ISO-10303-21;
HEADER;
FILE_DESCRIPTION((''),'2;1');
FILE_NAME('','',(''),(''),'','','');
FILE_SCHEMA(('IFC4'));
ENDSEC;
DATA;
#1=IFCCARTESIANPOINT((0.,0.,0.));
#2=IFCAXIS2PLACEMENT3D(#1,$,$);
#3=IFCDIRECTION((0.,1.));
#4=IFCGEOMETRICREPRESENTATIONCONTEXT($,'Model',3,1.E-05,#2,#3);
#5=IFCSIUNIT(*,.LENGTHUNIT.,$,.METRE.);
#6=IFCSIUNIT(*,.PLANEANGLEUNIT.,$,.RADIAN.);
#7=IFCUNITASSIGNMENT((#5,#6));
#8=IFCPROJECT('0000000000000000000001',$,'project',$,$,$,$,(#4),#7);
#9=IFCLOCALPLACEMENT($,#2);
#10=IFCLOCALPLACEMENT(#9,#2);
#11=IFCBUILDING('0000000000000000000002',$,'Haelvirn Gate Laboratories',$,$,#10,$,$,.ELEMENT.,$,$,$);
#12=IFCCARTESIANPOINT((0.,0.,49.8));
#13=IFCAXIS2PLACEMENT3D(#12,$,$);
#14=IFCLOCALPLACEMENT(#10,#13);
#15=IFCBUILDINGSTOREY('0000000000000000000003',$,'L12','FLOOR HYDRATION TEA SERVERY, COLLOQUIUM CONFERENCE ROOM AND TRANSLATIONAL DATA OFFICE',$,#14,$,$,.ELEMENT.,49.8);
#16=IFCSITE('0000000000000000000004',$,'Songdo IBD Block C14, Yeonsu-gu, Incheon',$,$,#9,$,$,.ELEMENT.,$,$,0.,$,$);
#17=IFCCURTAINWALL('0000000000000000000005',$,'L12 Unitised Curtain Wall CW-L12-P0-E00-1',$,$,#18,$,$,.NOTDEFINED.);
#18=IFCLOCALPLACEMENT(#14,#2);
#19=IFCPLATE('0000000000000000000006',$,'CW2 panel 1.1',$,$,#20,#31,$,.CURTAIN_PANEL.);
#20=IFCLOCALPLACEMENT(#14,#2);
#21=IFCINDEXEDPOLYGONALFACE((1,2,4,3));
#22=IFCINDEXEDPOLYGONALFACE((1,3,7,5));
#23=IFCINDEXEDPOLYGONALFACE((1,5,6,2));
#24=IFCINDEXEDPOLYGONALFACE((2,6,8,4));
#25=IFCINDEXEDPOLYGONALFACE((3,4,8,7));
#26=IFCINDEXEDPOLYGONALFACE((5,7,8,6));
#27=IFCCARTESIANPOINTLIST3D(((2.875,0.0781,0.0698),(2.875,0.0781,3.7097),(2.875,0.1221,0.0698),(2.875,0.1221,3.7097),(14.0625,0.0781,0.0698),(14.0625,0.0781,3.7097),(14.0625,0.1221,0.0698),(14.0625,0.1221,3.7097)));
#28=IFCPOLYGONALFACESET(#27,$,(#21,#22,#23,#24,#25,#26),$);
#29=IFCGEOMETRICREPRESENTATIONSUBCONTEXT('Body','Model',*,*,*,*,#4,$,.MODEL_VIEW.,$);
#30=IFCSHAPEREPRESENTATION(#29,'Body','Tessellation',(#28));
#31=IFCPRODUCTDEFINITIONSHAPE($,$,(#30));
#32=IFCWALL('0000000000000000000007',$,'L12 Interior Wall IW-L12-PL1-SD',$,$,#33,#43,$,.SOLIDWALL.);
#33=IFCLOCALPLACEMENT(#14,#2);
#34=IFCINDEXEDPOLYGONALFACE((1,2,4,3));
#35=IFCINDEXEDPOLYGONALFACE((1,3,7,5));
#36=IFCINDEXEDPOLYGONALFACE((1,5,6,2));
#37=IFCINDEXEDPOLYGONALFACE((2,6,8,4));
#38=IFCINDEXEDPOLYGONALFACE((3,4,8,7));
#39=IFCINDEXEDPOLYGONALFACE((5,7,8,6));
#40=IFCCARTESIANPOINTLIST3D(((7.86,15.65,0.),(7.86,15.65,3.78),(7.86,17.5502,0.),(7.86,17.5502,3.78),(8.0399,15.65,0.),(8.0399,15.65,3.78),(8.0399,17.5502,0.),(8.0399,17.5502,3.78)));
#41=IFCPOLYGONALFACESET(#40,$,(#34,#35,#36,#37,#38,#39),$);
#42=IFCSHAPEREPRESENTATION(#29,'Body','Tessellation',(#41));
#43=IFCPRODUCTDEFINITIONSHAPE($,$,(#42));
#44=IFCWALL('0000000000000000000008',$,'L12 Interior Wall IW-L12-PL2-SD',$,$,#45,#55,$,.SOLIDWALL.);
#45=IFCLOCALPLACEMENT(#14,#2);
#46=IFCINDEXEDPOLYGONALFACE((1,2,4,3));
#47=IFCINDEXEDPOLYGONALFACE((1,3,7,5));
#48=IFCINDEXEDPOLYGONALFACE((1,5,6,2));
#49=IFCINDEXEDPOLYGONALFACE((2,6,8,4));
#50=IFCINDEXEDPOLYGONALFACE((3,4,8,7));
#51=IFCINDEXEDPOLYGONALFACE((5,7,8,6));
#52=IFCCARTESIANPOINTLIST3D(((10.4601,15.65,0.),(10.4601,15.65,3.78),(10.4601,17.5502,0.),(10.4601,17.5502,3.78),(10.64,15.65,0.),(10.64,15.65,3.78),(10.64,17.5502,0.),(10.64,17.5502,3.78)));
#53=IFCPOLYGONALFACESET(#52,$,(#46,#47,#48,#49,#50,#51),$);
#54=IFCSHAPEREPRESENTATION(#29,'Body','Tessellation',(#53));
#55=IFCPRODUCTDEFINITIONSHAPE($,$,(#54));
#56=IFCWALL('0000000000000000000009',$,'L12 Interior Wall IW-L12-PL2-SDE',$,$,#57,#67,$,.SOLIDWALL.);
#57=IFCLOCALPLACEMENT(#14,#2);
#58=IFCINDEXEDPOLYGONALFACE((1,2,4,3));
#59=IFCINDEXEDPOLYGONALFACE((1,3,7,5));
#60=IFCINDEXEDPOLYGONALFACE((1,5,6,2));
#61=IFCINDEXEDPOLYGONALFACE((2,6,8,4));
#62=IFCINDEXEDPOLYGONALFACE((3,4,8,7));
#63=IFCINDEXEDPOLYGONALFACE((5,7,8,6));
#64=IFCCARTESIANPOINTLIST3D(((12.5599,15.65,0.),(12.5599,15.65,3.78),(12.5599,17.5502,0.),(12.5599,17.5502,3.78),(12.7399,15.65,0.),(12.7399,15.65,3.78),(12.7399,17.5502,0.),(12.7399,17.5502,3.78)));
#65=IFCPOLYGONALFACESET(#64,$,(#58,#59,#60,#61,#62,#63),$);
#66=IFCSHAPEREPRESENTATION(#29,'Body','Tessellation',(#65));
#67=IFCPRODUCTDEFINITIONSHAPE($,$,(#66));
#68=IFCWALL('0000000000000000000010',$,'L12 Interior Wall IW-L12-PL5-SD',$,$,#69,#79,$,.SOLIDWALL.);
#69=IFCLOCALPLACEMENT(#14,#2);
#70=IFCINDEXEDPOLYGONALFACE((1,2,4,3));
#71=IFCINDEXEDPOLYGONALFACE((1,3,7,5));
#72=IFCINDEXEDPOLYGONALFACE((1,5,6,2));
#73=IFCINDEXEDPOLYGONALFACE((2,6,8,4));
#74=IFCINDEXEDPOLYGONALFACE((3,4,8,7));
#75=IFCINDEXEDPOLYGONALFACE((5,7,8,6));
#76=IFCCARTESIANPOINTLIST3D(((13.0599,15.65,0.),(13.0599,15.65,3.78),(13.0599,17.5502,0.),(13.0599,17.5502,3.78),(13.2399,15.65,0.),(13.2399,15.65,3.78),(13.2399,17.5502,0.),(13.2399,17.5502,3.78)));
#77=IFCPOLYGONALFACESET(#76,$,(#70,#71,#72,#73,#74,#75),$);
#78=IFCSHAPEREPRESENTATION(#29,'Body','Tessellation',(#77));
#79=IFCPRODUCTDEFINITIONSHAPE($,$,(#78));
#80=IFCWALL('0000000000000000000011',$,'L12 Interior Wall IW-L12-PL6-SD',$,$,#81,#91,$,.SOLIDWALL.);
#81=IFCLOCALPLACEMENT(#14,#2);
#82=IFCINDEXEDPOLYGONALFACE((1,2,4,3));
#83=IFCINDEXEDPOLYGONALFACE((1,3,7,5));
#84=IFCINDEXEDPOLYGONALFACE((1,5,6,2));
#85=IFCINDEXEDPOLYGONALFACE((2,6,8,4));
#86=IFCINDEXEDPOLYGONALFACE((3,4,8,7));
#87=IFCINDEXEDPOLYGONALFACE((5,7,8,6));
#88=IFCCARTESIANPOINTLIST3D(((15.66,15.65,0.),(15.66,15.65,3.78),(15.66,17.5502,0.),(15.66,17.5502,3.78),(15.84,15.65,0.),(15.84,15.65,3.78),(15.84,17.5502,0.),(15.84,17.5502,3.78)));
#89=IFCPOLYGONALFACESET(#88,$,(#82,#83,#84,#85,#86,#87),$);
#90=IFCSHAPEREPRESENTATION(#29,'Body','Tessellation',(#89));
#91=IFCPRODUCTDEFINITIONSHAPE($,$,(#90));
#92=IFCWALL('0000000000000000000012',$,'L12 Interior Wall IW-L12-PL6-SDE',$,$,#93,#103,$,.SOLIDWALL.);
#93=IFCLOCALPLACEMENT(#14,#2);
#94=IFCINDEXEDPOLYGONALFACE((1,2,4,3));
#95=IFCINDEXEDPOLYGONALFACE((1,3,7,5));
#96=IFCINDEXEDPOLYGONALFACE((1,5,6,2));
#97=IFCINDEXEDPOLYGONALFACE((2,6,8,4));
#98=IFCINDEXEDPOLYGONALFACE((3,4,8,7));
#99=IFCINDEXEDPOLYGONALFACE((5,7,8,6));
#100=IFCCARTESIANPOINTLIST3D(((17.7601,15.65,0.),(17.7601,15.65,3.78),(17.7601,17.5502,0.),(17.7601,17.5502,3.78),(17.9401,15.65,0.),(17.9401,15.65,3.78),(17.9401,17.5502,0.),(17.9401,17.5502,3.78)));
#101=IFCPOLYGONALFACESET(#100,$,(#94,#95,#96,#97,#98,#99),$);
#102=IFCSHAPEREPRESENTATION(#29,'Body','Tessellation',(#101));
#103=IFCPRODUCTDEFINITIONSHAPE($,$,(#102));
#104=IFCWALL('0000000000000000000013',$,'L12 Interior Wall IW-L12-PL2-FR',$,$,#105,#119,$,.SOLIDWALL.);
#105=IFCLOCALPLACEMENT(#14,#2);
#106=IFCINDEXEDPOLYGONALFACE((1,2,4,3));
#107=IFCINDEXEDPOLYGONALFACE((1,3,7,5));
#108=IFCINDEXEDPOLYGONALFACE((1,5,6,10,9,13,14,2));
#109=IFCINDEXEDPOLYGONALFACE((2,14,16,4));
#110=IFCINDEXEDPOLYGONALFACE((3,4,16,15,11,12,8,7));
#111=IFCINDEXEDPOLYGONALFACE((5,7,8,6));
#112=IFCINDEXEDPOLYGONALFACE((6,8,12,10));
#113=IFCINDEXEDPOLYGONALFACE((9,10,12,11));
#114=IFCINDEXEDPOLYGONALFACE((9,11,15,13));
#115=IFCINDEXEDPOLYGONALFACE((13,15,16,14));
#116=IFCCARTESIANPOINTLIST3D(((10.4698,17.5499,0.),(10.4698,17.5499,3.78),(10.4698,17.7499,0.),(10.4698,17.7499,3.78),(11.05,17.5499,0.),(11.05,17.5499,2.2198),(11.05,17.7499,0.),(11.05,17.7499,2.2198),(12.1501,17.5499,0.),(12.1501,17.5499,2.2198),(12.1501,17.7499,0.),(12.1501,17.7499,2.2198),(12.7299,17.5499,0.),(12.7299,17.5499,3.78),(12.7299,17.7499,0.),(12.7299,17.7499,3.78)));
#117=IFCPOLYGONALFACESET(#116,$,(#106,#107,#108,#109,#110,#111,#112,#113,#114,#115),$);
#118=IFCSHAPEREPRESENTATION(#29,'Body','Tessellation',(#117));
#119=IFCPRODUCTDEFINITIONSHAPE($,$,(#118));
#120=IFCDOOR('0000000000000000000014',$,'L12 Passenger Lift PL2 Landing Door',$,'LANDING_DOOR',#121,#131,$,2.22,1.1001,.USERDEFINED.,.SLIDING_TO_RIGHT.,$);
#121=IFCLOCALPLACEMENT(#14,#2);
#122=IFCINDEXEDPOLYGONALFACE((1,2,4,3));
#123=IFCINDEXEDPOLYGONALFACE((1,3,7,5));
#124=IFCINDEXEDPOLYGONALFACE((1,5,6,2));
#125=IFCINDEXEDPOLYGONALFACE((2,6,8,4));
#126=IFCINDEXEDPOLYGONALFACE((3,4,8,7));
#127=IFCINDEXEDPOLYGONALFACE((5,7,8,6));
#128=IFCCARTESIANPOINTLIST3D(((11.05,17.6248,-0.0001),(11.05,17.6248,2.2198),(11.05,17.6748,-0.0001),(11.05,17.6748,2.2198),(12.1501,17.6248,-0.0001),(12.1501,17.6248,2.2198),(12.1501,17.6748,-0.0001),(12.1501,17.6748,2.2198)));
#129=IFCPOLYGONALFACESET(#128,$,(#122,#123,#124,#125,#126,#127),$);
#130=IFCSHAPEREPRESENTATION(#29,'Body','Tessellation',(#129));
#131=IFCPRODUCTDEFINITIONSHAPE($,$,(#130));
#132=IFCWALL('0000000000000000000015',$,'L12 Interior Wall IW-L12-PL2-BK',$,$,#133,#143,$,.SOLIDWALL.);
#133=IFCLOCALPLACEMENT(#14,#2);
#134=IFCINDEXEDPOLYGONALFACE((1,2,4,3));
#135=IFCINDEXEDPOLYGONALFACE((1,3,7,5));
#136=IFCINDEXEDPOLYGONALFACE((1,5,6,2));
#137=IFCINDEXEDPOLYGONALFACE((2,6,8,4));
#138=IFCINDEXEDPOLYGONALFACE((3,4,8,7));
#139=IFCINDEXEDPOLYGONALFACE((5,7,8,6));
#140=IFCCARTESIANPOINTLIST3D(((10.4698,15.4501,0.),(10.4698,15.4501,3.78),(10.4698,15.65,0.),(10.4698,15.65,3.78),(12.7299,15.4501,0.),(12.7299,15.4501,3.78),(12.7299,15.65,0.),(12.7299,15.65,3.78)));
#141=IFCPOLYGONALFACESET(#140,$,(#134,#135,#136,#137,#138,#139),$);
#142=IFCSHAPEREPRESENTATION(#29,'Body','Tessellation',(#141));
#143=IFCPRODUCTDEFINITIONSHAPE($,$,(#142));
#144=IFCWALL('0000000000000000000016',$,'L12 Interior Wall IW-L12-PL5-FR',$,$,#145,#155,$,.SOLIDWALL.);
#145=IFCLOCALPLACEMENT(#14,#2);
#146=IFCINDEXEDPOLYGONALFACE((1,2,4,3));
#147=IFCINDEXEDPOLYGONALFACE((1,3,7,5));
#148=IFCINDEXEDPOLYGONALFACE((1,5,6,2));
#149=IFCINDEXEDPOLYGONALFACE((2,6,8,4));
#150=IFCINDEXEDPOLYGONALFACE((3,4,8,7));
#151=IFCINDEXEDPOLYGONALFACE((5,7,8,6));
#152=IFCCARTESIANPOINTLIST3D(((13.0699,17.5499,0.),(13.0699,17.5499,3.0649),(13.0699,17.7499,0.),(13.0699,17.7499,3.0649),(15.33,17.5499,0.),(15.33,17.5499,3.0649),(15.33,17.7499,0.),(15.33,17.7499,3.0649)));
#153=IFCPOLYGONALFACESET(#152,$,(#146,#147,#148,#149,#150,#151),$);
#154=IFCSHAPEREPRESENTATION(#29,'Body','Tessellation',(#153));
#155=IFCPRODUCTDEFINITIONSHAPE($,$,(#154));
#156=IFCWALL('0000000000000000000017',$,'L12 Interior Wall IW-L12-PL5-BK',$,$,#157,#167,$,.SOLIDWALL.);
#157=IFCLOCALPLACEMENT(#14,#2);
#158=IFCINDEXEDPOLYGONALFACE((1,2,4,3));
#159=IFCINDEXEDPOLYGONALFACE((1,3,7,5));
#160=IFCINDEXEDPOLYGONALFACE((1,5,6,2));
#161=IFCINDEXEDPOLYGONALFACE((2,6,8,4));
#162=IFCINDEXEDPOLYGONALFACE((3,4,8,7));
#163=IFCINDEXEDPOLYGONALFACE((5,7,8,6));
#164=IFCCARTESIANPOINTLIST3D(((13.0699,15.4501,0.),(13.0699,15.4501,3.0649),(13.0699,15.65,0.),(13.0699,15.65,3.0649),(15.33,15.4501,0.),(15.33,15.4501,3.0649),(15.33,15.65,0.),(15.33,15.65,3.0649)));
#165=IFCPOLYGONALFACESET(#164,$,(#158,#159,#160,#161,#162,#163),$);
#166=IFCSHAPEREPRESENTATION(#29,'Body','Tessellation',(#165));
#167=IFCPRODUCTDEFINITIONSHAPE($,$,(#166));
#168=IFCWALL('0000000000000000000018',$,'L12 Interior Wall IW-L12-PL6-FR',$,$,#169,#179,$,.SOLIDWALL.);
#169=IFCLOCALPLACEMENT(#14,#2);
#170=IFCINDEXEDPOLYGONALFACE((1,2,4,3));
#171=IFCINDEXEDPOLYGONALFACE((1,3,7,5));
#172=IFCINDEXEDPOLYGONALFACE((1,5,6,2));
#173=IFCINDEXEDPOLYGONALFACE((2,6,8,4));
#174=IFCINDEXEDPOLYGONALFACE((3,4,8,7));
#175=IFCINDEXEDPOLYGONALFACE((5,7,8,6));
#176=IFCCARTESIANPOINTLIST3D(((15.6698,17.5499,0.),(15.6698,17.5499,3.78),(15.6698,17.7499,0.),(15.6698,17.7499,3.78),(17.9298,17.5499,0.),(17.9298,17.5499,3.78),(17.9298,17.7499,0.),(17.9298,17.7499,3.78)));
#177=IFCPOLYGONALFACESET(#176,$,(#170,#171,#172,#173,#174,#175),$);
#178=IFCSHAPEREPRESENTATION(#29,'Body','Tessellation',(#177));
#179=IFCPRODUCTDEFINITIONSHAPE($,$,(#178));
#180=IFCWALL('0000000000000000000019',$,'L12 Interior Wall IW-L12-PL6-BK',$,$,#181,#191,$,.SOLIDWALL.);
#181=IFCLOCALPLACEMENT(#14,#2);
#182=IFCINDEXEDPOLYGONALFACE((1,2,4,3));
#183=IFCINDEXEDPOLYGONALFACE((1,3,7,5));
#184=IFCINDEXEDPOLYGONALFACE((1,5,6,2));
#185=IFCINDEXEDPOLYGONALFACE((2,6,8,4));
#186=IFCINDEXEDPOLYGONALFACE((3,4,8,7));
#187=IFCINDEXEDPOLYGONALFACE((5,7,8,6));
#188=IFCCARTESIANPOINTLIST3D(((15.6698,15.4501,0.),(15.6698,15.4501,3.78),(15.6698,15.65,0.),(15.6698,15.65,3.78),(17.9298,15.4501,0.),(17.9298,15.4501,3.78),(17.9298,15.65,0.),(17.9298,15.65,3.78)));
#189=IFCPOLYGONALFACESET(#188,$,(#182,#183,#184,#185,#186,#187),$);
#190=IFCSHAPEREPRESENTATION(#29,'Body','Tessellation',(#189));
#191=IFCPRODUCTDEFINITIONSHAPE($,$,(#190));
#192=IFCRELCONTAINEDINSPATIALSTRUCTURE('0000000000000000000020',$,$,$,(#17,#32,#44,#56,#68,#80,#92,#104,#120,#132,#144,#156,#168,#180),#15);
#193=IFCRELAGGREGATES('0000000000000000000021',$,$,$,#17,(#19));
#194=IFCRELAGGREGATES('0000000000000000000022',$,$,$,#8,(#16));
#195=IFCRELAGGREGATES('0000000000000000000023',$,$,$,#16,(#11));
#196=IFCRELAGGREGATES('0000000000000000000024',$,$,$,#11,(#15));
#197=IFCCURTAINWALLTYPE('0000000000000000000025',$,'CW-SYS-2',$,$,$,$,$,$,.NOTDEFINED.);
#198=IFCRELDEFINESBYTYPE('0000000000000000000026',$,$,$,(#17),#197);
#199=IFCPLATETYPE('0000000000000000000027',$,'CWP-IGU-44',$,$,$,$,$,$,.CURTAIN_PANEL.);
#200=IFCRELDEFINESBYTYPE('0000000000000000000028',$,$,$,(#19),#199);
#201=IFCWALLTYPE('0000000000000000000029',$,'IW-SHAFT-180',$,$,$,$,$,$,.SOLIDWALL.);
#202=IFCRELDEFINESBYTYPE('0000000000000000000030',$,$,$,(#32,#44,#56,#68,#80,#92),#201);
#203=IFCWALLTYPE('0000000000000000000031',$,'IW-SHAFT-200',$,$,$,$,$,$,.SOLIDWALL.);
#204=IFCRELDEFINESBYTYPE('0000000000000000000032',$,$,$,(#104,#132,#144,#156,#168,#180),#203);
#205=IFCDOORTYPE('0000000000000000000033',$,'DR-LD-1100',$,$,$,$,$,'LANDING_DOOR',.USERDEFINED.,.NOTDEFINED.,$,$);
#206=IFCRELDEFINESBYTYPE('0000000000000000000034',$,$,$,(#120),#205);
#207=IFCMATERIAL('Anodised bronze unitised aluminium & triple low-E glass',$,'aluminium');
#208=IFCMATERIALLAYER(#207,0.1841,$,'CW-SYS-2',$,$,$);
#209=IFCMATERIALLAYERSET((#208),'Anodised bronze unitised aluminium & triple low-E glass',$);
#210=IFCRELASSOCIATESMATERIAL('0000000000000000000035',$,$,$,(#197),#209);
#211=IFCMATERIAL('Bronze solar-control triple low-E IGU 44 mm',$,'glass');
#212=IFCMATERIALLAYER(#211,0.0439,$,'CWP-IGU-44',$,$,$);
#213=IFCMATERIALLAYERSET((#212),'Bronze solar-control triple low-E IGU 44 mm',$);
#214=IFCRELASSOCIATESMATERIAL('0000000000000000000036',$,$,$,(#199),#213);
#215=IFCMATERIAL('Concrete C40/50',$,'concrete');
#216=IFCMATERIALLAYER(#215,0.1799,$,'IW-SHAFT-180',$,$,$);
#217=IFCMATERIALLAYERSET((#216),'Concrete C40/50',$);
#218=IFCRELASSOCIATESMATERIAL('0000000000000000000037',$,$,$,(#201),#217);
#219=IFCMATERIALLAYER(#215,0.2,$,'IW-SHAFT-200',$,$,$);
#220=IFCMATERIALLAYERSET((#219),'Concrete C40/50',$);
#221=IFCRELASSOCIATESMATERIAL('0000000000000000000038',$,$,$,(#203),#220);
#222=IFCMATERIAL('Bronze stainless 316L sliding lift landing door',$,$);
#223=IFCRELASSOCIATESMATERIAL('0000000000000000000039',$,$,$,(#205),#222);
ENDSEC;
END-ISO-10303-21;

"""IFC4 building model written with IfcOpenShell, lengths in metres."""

from ifc_helpers import new_model, si_unit, direction, frame, frame_2d, origin, origin_2d, place, context, subcontext, project, spatial, rectangle, extrude, source, transform, mapped, material, layer, layer_set, type_object, type_shapes, element, fill, aggregate, save


model = new_model("IFC4")

# Units and contexts
model_context = context("Model", 3, precision=1e-05, world=origin(), true_north=direction((0.0, 1.0)))
body_context = subcontext(model_context, "Body", "Model", "MODEL_VIEW")
ifc_project = project(units=[si_unit("LENGTHUNIT", "METRE"), si_unit("PLANEANGLEUNIT", "RADIAN")], contexts=[model_context])

# Site, building, storey
site_placement = place(None, origin())
site = spatial("IfcSite", under=ifc_project, at=site_placement, Name="Songdo IBD Block C14, Yeonsu-gu, Incheon", CompositionType="ELEMENT", RefElevation=0.0)
building_placement = place(site_placement, origin())
building = spatial("IfcBuilding", under=site, at=building_placement, Name="Haelvirn Gate Laboratories", CompositionType="ELEMENT")
storey_placement = place(building_placement, frame((0.0, 0.0, 49.8)))
storey = spatial("IfcBuildingStorey", under=building, at=storey_placement, Name="L12", Description="FLOOR HYDRATION TEA SERVERY, COLLOQUIUM CONFERENCE ROOM AND TRANSLATIONAL DATA OFFICE", CompositionType="ELEMENT", Elevation=49.8)

# Curtain wall, plate
ifc_material_1 = material(Name="Anodised bronze unitised aluminium & triple low-E glass", Category="aluminium")
ifc_layer_1 = layer(ifc_material_1, 0.1841, Name="CW-SYS-2")
ifc_layer_set_1 = layer_set([ifc_layer_1], Name="Anodised bronze unitised aluminium & triple low-E glass")
curtain_wall_type = type_object("IfcCurtainWallType", Name="CW-SYS-2", PredefinedType="NOTDEFINED", material=ifc_layer_set_1)
curtain_wall_placement = place(storey_placement, origin())
curtain_wall = element("IfcCurtainWall", 1, at=curtain_wall_placement, inside=storey, type_object=curtain_wall_type, Name="L12 Unitised Curtain Wall CW-L12-P0-E00-1", PredefinedType="NOTDEFINED")
ifc_material_2 = material(Name="Bronze solar-control triple low-E IGU 44 mm", Category="glass")
ifc_layer_2 = layer(ifc_material_2, 0.0439, Name="CWP-IGU-44")
ifc_layer_set_2 = layer_set([ifc_layer_2], Name="Bronze solar-control triple low-E IGU 44 mm")
plate_type = type_object("IfcPlateType", Name="CWP-IGU-44", PredefinedType="CURTAIN_PANEL", material=ifc_layer_set_2)
shared_shape_1 = source(origin(), body_context, "Body", "SweptSolid", [
    extrude(rectangle(XDim=11.1875, YDim=0.0439, at=origin_2d()), origin(), (0.0, 0.0, 1.0), 3.6399),
])
type_shapes(plate_type, [shared_shape_1])
plate_placement = place(storey_placement, frame((8.4688, 0.1001, 0.0698), z_axis=(0.0, 0.0, 1.0), x_axis=(1.0, 0.0, 0.0)))
plate = element("IfcPlate", 2, at=plate_placement, type_object=plate_type, Name="CW2 panel 1.1", PredefinedType="CURTAIN_PANEL", context=body_context, shape_type="MappedRepresentation", body=[
    mapped(shared_shape_1, transform((0.0, 0.0, 0.0), scale=1.0)),
])
aggregate(curtain_wall, [plate])

# Walls
ifc_material_3 = material(Name="Concrete C40/50", Category="concrete")
ifc_layer_3 = layer(ifc_material_3, 0.1799, Name="IW-SHAFT-180")
ifc_layer_set_3 = layer_set([ifc_layer_3], Name="Concrete C40/50")
wall_type_1 = type_object("IfcWallType", Name="IW-SHAFT-180", PredefinedType="SOLIDWALL", material=ifc_layer_set_3)
for number, where, z_axis, x_axis, name in (
    (3, (7.95, 15.6499, 0.0), (0.0, 0.0, 1.0), (0.0, 1.0, 0.0), "L12 Interior Wall IW-L12-PL1-SD"),
    (4, (10.55, 15.6499, 0.0), (0.0, 0.0, 1.0), (0.0, 1.0, 0.0), "L12 Interior Wall IW-L12-PL2-SD"),
    (5, (12.6499, 15.6499, 0.0), (0.0, 0.0, 1.0), (0.0, 1.0, 0.0), "L12 Interior Wall IW-L12-PL2-SDE"),
    (6, (13.1499, 15.6499, 0.0), (0.0, 0.0, 1.0), (0.0, 1.0, 0.0), "L12 Interior Wall IW-L12-PL5-SD"),
    (7, (15.75, 15.6499, 0.0), (0.0, 0.0, 1.0), (0.0, 1.0, 0.0), "L12 Interior Wall IW-L12-PL6-SD"),
    (8, (17.8501, 15.6499, 0.0), (0.0, 0.0, 1.0), (0.0, 1.0, 0.0), "L12 Interior Wall IW-L12-PL6-SDE"),
):
    element("IfcWall", number, at=place(storey_placement, frame(where, z_axis=z_axis, x_axis=x_axis)), inside=storey, type_object=wall_type_1, Name=name, PredefinedType="SOLIDWALL", context=body_context, shape_type="SweptSolid", body=[
        extrude(rectangle(XDim=1.9001, YDim=0.1799, at=frame_2d((0.9502, 0.0))), origin(), (0.0, 0.0, 1.0), 3.78),
    ])

# Wall, opening, door
ifc_layer_4 = layer(ifc_material_3, 0.2, Name="IW-SHAFT-200")
ifc_layer_set_4 = layer_set([ifc_layer_4], Name="Concrete C40/50")
wall_type_2 = type_object("IfcWallType", Name="IW-SHAFT-200", PredefinedType="SOLIDWALL", material=ifc_layer_set_4)
wall_1_placement = place(storey_placement, frame((10.47, 17.6499, 0.0), z_axis=(0.0, 0.0, 1.0), x_axis=(1.0, 0.0, 0.0)))
wall_1 = element("IfcWall", 9, at=wall_1_placement, inside=storey, type_object=wall_type_2, Name="L12 Interior Wall IW-L12-PL2-FR", PredefinedType="SOLIDWALL", context=body_context, shape_type="SweptSolid", body=[
    extrude(rectangle(XDim=2.26, YDim=0.2, at=frame_2d((1.1299, 0.0))), origin(), (0.0, 0.0, 1.0), 3.78),
])
opening_placement = place(wall_1_placement, frame((0.5801, 0.0, 0.0)))
opening = element("IfcOpeningElement", 10, at=opening_placement, cuts=wall_1, PredefinedType="OPENING", context=body_context, shape_type="SweptSolid", body=[
    extrude(rectangle(XDim=1.1001, YDim=2.22, at=frame_2d((0.55, 1.1099))), frame((0.0, 0.1099, 0.0), z_axis=(0.0, -1.0, 0.0), x_axis=(1.0, 0.0, 0.0)), (0.0, 0.0, 1.0), 0.22),
])
ifc_material_4 = material(Name="Bronze stainless 316L sliding lift landing door")
door_type = type_object("IfcDoorType", Name="DR-LD-1100", ElementType="LANDING_DOOR", OperationType="NOTDEFINED", PredefinedType="USERDEFINED", material=ifc_material_4)
shared_shape_2 = source(origin(), body_context, "Body", "SweptSolid", [
    extrude(rectangle(XDim=1.1001, YDim=2.22, at=frame_2d((0.55, 1.1099))), frame((0.0, 0.0249, 0.0), z_axis=(0.0, -1.0, 0.0), x_axis=(1.0, 0.0, 0.0)), (0.0, 0.0, 1.0), 0.05),
])
type_shapes(door_type, [shared_shape_2])
door_placement = place(opening_placement, origin())
door = element("IfcDoor", 11, at=door_placement, inside=storey, type_object=door_type, Name="L12 Passenger Lift PL2 Landing Door", ObjectType="LANDING_DOOR", OperationType="SLIDING_TO_RIGHT", OverallHeight=2.22, OverallWidth=1.1001, PredefinedType="USERDEFINED", context=body_context, shape_type="MappedRepresentation", body=[
    mapped(shared_shape_2, transform((0.0, 0.0, 0.0), scale=1.0)),
])
fill(opening, door)

# Walls
wall_2_placement = place(storey_placement, frame((10.47, 15.55, 0.0), z_axis=(0.0, 0.0, 1.0), x_axis=(1.0, 0.0, 0.0)))
element("IfcWall", 12, at=wall_2_placement, inside=storey, type_object=wall_type_2, Name="L12 Interior Wall IW-L12-PL2-BK", PredefinedType="SOLIDWALL", context=body_context, shape_type="SweptSolid", body=[
    extrude(rectangle(XDim=2.26, YDim=0.2, at=frame_2d((1.1299, 0.0))), origin(), (0.0, 0.0, 1.0), 3.78),
])
for number, where, z_axis, x_axis, name in (
    (13, (13.0701, 17.6499, 0.0), (0.0, 0.0, 1.0), (1.0, 0.0, 0.0), "L12 Interior Wall IW-L12-PL5-FR"),
    (14, (13.0701, 15.55, 0.0), (0.0, 0.0, 1.0), (1.0, 0.0, 0.0), "L12 Interior Wall IW-L12-PL5-BK"),
):
    element("IfcWall", number, at=place(storey_placement, frame(where, z_axis=z_axis, x_axis=x_axis)), inside=storey, type_object=wall_type_2, Name=name, PredefinedType="SOLIDWALL", context=body_context, shape_type="SweptSolid", body=[
        extrude(rectangle(XDim=2.26, YDim=0.2, at=frame_2d((1.1299, 0.0))), origin(), (0.0, 0.0, 1.0), 3.0649),
    ])
for number, where, z_axis, x_axis, name in (
    (15, (15.6699, 17.6499, 0.0), (0.0, 0.0, 1.0), (1.0, 0.0, 0.0), "L12 Interior Wall IW-L12-PL6-FR"),
    (16, (15.6699, 15.55, 0.0), (0.0, 0.0, 1.0), (1.0, 0.0, 0.0), "L12 Interior Wall IW-L12-PL6-BK"),
):
    element("IfcWall", number, at=place(storey_placement, frame(where, z_axis=z_axis, x_axis=x_axis)), inside=storey, type_object=wall_type_2, Name=name, PredefinedType="SOLIDWALL", context=body_context, shape_type="SweptSolid", body=[
        extrude(rectangle(XDim=2.26, YDim=0.2, at=frame_2d((1.1299, 0.0))), origin(), (0.0, 0.0, 1.0), 3.78),
    ])

save(model, "model.ifc")
